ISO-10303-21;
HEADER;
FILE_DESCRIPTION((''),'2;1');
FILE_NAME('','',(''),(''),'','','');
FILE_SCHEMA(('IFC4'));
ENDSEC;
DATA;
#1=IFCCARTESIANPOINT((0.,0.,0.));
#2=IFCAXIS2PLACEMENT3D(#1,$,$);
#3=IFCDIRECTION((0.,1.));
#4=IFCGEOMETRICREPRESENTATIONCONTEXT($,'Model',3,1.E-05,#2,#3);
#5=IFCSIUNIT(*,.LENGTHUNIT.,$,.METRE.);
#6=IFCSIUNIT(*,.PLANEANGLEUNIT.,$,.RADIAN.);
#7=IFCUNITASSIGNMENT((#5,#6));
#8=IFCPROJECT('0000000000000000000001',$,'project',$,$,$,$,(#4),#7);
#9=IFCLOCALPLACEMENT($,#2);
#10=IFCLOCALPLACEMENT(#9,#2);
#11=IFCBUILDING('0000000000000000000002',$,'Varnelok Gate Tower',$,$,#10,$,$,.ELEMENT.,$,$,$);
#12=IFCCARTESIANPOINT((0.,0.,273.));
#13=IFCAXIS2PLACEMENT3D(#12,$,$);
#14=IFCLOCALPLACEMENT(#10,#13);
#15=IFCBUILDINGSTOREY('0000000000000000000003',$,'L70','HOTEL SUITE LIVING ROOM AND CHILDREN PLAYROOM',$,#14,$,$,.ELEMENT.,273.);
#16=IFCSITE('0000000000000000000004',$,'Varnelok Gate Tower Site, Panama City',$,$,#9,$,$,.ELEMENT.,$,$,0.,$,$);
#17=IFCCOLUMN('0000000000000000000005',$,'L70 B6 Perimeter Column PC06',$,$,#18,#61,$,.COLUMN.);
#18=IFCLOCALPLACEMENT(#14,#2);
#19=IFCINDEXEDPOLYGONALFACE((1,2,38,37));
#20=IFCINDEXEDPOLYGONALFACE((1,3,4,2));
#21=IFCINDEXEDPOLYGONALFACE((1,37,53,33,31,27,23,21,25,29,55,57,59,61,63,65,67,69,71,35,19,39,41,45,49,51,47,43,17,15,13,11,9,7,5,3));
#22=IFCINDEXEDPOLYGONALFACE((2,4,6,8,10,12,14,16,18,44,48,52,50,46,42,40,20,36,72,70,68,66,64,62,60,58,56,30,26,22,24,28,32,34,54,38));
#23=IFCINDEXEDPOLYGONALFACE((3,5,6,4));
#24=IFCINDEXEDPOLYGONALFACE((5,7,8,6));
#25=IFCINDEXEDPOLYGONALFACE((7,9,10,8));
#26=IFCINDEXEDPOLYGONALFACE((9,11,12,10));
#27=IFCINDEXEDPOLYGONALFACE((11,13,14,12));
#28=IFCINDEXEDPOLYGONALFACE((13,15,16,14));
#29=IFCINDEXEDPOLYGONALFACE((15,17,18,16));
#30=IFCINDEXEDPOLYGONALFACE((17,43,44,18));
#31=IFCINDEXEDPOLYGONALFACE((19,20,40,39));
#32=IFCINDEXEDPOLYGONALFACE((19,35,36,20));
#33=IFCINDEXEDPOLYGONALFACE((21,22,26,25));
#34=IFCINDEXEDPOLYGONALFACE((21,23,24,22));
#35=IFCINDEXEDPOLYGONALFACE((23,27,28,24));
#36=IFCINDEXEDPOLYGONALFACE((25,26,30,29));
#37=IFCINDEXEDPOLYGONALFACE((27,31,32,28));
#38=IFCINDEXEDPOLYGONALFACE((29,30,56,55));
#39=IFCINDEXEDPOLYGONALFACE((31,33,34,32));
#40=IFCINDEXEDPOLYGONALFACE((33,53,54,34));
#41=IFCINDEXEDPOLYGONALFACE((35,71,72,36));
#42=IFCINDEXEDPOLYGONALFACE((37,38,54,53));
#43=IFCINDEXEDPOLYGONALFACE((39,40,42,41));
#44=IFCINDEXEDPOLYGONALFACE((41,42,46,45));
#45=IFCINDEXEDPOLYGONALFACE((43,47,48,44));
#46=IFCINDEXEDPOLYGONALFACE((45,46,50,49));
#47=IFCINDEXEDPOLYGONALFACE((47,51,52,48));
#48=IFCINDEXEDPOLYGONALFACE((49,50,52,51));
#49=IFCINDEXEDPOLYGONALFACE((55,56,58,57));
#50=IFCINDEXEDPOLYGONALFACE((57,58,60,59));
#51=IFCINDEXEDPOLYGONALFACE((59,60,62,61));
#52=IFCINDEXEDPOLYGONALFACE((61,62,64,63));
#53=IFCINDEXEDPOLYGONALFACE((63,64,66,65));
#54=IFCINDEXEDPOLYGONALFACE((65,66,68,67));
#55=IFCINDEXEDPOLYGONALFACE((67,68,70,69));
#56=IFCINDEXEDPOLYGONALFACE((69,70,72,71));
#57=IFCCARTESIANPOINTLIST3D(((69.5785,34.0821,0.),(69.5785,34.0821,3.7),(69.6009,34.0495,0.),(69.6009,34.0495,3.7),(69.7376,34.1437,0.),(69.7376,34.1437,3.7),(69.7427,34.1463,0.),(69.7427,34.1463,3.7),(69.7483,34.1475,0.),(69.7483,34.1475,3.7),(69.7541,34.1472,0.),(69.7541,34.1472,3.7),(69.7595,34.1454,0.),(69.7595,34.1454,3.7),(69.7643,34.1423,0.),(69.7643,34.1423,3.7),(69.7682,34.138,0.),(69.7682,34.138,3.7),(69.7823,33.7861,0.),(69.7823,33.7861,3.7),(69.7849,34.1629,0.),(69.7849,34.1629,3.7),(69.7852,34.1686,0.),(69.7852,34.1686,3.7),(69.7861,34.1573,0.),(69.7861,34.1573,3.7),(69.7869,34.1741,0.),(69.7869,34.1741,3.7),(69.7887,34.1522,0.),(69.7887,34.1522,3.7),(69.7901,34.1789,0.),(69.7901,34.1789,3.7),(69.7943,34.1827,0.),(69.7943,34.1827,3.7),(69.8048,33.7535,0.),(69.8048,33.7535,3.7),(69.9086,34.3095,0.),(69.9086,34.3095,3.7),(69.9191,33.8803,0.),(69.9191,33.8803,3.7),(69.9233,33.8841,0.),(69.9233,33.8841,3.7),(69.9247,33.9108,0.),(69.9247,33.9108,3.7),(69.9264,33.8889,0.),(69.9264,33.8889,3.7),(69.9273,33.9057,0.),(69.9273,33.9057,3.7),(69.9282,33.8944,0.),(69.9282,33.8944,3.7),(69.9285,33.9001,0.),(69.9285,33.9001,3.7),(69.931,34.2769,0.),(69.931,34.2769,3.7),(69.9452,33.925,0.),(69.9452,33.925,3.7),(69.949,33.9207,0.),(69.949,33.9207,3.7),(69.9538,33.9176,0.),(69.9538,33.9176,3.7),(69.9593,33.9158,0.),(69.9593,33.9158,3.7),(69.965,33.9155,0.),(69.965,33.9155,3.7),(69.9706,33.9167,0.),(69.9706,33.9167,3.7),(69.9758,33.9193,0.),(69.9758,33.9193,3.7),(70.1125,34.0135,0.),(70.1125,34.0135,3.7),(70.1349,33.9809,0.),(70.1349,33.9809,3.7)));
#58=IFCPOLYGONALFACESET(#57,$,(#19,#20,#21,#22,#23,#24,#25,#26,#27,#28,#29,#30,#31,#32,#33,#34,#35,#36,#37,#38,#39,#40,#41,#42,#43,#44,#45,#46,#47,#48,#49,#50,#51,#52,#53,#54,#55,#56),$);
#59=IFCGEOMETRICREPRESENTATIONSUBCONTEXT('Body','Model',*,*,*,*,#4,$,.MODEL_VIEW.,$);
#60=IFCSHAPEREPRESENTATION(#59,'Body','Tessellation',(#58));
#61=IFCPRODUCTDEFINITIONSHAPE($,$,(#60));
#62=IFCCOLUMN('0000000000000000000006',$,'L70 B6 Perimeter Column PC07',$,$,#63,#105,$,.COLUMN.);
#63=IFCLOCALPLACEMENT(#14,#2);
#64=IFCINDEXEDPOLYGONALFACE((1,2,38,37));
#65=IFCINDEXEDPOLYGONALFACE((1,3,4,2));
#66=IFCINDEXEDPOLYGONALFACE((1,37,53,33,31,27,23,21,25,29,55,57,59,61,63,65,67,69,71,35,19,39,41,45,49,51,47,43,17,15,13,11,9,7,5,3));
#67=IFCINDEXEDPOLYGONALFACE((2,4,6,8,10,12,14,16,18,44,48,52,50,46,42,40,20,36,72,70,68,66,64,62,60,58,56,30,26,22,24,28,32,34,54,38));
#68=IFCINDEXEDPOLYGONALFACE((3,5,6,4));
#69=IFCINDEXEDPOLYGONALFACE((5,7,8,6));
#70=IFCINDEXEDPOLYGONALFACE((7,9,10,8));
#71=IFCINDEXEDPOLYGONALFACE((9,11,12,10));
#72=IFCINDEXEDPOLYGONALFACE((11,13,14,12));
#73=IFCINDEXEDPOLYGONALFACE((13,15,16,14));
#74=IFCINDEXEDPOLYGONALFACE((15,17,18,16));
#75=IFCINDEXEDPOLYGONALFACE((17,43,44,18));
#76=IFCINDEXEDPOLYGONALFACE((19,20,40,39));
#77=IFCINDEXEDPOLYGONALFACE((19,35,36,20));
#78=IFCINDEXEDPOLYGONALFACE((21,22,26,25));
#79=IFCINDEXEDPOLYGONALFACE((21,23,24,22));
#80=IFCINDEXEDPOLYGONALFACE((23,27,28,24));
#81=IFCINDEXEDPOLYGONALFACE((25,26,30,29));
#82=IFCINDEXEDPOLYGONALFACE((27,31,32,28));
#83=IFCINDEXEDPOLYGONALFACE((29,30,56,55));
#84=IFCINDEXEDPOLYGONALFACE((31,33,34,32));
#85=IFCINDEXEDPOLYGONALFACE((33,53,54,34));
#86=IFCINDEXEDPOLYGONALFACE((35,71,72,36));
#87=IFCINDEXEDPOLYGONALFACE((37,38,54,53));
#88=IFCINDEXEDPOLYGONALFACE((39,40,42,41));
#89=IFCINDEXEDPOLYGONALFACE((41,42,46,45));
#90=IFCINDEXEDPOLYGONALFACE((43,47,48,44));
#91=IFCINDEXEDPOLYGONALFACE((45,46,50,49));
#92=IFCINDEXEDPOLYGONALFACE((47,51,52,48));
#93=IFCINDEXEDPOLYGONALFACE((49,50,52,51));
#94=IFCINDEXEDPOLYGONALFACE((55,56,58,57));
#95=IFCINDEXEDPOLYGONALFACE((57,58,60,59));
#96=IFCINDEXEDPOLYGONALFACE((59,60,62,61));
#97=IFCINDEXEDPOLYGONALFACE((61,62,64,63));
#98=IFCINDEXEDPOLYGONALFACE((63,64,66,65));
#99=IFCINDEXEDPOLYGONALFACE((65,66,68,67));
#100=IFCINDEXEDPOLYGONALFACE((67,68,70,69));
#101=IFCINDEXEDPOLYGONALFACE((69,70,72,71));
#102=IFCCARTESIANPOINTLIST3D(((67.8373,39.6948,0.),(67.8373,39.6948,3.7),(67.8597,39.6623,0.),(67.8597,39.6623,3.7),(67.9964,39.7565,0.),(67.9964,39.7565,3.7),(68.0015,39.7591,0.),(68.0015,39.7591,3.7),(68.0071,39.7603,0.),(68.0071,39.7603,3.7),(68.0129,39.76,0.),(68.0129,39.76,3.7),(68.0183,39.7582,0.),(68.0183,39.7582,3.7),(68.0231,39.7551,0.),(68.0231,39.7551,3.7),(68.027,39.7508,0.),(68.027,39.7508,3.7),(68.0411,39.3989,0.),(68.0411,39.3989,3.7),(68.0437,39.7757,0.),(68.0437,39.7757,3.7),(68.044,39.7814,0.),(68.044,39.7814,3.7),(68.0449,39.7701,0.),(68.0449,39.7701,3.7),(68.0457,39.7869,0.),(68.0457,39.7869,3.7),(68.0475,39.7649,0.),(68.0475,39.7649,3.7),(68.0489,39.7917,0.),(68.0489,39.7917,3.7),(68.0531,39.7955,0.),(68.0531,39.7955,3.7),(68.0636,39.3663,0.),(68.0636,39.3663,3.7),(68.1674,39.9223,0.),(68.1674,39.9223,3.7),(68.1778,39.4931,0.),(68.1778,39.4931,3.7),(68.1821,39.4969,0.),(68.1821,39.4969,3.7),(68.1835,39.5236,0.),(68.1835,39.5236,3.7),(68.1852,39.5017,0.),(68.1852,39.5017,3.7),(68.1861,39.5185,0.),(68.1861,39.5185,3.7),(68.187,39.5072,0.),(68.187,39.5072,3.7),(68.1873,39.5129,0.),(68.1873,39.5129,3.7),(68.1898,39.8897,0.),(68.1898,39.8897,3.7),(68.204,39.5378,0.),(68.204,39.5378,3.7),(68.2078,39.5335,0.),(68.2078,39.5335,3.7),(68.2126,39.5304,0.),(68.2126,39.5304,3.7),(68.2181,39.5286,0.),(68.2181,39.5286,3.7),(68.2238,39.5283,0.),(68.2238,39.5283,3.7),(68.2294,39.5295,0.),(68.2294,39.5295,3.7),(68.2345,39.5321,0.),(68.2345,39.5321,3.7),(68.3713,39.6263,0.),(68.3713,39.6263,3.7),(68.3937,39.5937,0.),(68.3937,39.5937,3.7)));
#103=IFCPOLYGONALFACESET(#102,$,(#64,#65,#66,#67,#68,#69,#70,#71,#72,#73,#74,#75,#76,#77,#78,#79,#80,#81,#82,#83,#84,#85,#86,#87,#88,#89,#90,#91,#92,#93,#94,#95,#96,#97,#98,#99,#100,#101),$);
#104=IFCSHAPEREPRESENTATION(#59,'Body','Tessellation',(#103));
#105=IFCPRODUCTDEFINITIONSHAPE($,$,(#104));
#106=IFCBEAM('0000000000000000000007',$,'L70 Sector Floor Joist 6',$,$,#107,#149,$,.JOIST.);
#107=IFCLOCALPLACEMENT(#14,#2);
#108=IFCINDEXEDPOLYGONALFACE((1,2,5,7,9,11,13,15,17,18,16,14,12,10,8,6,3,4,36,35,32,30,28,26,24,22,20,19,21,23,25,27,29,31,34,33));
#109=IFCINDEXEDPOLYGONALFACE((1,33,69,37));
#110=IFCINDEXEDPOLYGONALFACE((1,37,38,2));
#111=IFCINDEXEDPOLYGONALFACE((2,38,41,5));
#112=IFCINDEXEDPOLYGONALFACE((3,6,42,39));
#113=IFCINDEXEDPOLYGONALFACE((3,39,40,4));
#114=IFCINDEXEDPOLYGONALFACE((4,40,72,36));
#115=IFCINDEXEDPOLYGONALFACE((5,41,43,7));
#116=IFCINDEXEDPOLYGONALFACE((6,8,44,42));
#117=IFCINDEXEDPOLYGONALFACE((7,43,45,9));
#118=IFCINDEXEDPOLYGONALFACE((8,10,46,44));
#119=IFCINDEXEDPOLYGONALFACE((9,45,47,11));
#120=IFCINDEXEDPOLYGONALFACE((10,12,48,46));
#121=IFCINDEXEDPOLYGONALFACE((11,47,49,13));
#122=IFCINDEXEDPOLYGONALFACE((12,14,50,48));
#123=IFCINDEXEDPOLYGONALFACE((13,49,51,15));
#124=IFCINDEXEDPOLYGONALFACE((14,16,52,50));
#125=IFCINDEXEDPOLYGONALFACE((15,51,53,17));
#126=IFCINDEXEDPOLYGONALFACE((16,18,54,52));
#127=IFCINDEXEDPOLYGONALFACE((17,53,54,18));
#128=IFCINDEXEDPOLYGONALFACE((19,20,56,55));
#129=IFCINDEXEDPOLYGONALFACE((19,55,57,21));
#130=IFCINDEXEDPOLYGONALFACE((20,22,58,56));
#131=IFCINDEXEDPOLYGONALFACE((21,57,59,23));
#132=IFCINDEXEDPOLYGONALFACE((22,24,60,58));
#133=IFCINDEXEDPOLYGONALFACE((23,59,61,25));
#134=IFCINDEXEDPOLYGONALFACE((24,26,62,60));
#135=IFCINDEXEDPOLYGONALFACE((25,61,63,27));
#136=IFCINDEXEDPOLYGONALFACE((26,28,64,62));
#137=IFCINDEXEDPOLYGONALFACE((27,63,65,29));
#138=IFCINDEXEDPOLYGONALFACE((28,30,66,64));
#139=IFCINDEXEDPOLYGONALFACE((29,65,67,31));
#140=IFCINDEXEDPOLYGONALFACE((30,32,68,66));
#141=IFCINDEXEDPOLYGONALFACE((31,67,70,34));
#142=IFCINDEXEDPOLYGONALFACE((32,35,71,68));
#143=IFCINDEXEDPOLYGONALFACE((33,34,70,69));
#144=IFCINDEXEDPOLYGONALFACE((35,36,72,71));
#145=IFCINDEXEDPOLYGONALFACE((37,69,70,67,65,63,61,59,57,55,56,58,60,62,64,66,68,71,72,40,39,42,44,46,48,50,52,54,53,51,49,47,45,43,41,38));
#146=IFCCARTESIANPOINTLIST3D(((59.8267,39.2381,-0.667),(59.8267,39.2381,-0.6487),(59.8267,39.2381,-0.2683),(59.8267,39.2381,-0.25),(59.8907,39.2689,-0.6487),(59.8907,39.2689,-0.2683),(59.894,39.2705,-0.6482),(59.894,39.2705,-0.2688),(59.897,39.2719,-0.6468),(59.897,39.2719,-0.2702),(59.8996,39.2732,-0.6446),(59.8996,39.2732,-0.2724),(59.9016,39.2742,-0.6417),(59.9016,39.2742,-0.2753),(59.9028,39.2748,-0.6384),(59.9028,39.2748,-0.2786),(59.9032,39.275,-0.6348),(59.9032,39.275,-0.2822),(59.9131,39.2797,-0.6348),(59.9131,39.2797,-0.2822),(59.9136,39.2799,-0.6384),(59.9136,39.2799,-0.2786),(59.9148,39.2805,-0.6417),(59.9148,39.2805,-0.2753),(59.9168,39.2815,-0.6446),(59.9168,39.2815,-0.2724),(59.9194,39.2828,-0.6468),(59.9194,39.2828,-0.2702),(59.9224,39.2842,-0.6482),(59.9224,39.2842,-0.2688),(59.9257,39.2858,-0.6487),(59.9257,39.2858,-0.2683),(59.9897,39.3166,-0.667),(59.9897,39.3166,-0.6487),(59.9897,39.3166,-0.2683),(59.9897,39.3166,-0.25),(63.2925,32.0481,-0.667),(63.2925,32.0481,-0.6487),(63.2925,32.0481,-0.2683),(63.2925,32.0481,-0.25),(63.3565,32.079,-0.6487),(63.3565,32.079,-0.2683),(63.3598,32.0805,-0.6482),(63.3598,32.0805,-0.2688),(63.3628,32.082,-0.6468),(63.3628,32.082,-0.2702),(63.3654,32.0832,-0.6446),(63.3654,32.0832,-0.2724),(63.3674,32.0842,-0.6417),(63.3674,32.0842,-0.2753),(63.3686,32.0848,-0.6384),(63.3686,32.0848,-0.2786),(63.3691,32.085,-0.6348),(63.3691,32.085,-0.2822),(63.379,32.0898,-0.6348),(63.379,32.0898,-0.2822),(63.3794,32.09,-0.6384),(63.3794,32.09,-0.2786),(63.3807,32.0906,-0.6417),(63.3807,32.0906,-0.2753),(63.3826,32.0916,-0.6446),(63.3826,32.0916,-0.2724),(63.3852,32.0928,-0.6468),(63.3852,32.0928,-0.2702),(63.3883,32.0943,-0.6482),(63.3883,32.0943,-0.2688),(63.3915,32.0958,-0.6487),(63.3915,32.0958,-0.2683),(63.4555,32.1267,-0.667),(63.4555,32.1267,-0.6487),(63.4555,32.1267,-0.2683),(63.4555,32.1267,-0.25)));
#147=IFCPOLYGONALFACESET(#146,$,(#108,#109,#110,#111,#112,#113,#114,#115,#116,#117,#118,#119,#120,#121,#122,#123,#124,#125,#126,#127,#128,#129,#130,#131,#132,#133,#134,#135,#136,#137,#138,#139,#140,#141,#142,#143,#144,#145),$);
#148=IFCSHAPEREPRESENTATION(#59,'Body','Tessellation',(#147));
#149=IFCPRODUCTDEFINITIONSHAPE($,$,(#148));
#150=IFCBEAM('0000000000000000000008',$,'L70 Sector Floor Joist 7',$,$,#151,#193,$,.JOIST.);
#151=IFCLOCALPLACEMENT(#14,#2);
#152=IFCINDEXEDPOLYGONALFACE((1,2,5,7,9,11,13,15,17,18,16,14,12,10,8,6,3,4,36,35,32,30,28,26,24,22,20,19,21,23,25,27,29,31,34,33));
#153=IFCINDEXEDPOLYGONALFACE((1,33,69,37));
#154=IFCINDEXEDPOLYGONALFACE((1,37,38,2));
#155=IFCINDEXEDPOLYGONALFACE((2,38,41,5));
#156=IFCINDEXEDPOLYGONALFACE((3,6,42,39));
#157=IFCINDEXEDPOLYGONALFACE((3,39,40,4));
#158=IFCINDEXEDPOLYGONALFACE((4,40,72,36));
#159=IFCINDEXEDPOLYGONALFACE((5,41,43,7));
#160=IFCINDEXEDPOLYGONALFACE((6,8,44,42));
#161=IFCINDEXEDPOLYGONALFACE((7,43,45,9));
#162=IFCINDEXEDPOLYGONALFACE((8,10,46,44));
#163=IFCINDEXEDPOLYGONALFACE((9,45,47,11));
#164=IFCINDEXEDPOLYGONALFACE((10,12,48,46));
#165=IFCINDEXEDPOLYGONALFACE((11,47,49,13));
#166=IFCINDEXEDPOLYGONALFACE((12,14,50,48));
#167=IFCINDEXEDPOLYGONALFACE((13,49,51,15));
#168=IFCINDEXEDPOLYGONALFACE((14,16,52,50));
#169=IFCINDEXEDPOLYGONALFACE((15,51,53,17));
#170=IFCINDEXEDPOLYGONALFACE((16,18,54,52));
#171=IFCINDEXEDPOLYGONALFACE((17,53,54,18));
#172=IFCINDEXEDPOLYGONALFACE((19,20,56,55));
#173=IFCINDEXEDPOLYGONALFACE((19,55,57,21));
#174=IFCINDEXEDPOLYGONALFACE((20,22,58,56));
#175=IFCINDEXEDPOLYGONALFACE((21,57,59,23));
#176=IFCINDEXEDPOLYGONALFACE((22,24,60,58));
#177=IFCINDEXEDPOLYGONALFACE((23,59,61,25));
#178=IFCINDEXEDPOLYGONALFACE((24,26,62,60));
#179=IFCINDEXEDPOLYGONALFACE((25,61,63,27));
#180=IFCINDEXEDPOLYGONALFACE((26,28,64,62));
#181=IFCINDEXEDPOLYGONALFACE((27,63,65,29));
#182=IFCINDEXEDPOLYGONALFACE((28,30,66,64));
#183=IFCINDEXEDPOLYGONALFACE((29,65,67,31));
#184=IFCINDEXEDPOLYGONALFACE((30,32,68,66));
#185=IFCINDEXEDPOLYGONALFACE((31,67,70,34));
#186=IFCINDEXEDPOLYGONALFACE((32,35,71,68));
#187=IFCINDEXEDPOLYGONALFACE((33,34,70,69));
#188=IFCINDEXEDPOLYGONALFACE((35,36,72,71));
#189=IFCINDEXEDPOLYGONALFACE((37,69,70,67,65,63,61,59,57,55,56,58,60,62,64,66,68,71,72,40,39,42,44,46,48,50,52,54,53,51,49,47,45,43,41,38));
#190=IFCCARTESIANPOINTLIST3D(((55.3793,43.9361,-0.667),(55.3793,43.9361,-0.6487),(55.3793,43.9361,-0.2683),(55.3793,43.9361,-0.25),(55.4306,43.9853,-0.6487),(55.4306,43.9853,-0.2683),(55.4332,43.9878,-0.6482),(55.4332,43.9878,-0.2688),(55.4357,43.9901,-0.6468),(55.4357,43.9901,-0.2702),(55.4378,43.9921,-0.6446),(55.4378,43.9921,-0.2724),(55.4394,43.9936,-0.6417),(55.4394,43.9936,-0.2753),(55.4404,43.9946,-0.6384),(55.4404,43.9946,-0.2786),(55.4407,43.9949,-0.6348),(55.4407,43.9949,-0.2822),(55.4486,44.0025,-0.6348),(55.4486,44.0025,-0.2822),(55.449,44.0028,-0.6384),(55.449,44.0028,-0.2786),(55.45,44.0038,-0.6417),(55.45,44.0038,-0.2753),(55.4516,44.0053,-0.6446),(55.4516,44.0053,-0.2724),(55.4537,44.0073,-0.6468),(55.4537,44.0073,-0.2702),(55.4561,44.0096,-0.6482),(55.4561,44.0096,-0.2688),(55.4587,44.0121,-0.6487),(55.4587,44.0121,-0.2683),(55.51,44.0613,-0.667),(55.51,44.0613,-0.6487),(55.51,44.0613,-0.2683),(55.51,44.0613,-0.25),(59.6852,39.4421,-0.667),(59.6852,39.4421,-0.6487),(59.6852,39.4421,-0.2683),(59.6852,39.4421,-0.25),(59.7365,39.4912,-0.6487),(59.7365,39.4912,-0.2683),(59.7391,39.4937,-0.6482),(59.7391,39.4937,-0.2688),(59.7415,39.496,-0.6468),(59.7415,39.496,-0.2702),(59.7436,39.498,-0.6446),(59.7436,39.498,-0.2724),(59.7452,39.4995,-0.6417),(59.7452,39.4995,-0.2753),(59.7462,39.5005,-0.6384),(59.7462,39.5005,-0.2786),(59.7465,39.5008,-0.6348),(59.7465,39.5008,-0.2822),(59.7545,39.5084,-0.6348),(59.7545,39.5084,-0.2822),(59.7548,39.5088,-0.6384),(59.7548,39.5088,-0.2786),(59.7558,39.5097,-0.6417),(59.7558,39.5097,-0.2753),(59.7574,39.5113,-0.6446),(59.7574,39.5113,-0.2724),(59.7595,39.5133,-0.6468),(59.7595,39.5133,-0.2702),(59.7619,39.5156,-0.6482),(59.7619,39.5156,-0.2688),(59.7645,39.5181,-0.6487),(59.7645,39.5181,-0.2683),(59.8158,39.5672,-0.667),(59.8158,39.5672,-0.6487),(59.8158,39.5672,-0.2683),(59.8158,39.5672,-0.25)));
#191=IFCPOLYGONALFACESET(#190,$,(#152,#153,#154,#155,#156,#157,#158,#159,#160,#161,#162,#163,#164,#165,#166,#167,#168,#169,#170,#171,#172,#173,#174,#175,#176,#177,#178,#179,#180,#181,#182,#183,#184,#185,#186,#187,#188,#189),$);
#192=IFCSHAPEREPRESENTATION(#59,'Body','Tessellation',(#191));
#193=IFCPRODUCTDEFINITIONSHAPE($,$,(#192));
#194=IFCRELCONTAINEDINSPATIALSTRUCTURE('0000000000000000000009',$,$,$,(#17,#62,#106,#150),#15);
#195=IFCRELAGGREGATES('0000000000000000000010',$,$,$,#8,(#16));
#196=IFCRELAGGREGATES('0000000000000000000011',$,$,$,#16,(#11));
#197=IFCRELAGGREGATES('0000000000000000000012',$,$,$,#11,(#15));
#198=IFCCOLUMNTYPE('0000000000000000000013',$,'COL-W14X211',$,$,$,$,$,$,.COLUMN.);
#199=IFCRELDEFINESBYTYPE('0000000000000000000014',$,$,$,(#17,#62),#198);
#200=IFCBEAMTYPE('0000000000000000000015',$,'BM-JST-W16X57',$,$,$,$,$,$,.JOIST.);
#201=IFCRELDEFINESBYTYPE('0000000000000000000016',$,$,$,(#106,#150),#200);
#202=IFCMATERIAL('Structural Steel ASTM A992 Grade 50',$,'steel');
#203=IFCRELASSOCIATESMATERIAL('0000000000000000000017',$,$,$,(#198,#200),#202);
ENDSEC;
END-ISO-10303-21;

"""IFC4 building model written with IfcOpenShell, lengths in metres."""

from ifc_helpers import new_model, si_unit, direction, frame, origin, origin_2d, place, context, subcontext, project, spatial, i_section, extrude, material, material_profile, profile_set, type_object, element, save


model = new_model("IFC4")

# Units and contexts
model_context = context("Model", 3, precision=1e-05, world=origin(), true_north=direction((0.0, 1.0)))
body_context = subcontext(model_context, "Body", "Model", "MODEL_VIEW")
ifc_project = project(units=[si_unit("LENGTHUNIT", "METRE"), si_unit("PLANEANGLEUNIT", "RADIAN")], contexts=[model_context])

# Site, building, storey
site_placement = place(None, origin())
site = spatial("IfcSite", under=ifc_project, at=site_placement, Name="Varnelok Gate Tower Site, Panama City", CompositionType="ELEMENT", RefElevation=0.0)
building_placement = place(site_placement, origin())
building = spatial("IfcBuilding", under=site, at=building_placement, Name="Varnelok Gate Tower", CompositionType="ELEMENT")
storey_placement = place(building_placement, frame((0.0, 0.0, 273.0)))
storey = spatial("IfcBuildingStorey", under=building, at=storey_placement, Name="L70", Description="HOTEL SUITE LIVING ROOM AND CHILDREN PLAYROOM", CompositionType="ELEMENT", Elevation=273.0)

# Columns
ifc_material_1 = material(Name="Structural Steel ASTM A992 Grade 50", Category="steel")
ifc_material_profile_1 = material_profile(ifc_material_1, i_section(OverallWidth=0.4009, OverallDepth=0.3989, WebThickness=0.0249, FlangeThickness=0.0396, FilletRadius=0.022, at=origin_2d()), Name="W14X211")
ifc_profile_set_1 = profile_set([ifc_material_profile_1], Name="Structural Steel ASTM A992 Grade 50")
column_type = type_object("IfcColumnType", Name="COL-W14X211", PredefinedType="COLUMN", material=ifc_profile_set_1)
for number, where, z_axis, x_axis, name in (
    (1, (69.8567, 34.0315, 0.0), (0.0, 0.0, 1.0), (0.823533, 0.567269, 0.0), "L70 B6 Perimeter Column PC06"),
    (2, (68.1155, 39.6443, 0.0), (0.0, 0.0, 1.0), (0.823533, 0.567269, 0.0), "L70 B6 Perimeter Column PC07"),
):
    element("IfcColumn", number, at=place(storey_placement, frame(where, z_axis=z_axis, x_axis=x_axis)), inside=storey, type_object=column_type, Name=name, PredefinedType="COLUMN", context=body_context, shape_type="SweptSolid", body=[
        extrude(i_section(OverallWidth=0.4009, OverallDepth=0.3989, WebThickness=0.0249, FlangeThickness=0.0396, FilletRadius=0.022, at=origin_2d()), origin(), (0.0, 0.0, 1.0), 3.7),
    ])

# Beams
ifc_material_profile_2 = material_profile(ifc_material_1, i_section(OverallWidth=0.1809, OverallDepth=0.417, WebThickness=0.011, FlangeThickness=0.0183, FilletRadius=0.0139, at=origin_2d()), Name="W16X57")
ifc_profile_set_2 = profile_set([ifc_material_profile_2], Name="Structural Steel ASTM A992 Grade 50")
beam_type_1 = type_object("IfcBeamType", Name="BM-JST-W16X57", PredefinedType="JOIST", material=ifc_profile_set_2)
beam_1_placement = place(storey_placement, frame((63.374, 32.0874, -0.4585), z_axis=(-0.434222, 0.900806, 0.0), x_axis=(-0.900806, -0.434222, 0.0)))
element("IfcBeam", 3, at=beam_1_placement, inside=storey, type_object=beam_type_1, Name="L70 Sector Floor Joist 6", PredefinedType="JOIST", context=body_context, shape_type="SweptSolid", body=[
    extrude(i_section(OverallWidth=0.1809, OverallDepth=0.417, WebThickness=0.011, FlangeThickness=0.0183, FilletRadius=0.0139, at=origin_2d()), origin(), (0.0, 0.0, 1.0), 7.9817),
])
beam_2_placement = place(storey_placement, frame((59.7505, 39.5046, -0.4585), z_axis=(-0.691824, 0.722067, 0.0), x_axis=(-0.722067, -0.691824, 0.0)))
element("IfcBeam", 4, at=beam_2_placement, inside=storey, type_object=beam_type_1, Name="L70 Sector Floor Joist 7", PredefinedType="JOIST", context=body_context, shape_type="SweptSolid", body=[
    extrude(i_section(OverallWidth=0.1809, OverallDepth=0.417, WebThickness=0.011, FlangeThickness=0.0183, FilletRadius=0.0139, at=origin_2d()), origin(), (0.0, 0.0, 1.0), 6.2239),
])

save(model, "model.ifc")
